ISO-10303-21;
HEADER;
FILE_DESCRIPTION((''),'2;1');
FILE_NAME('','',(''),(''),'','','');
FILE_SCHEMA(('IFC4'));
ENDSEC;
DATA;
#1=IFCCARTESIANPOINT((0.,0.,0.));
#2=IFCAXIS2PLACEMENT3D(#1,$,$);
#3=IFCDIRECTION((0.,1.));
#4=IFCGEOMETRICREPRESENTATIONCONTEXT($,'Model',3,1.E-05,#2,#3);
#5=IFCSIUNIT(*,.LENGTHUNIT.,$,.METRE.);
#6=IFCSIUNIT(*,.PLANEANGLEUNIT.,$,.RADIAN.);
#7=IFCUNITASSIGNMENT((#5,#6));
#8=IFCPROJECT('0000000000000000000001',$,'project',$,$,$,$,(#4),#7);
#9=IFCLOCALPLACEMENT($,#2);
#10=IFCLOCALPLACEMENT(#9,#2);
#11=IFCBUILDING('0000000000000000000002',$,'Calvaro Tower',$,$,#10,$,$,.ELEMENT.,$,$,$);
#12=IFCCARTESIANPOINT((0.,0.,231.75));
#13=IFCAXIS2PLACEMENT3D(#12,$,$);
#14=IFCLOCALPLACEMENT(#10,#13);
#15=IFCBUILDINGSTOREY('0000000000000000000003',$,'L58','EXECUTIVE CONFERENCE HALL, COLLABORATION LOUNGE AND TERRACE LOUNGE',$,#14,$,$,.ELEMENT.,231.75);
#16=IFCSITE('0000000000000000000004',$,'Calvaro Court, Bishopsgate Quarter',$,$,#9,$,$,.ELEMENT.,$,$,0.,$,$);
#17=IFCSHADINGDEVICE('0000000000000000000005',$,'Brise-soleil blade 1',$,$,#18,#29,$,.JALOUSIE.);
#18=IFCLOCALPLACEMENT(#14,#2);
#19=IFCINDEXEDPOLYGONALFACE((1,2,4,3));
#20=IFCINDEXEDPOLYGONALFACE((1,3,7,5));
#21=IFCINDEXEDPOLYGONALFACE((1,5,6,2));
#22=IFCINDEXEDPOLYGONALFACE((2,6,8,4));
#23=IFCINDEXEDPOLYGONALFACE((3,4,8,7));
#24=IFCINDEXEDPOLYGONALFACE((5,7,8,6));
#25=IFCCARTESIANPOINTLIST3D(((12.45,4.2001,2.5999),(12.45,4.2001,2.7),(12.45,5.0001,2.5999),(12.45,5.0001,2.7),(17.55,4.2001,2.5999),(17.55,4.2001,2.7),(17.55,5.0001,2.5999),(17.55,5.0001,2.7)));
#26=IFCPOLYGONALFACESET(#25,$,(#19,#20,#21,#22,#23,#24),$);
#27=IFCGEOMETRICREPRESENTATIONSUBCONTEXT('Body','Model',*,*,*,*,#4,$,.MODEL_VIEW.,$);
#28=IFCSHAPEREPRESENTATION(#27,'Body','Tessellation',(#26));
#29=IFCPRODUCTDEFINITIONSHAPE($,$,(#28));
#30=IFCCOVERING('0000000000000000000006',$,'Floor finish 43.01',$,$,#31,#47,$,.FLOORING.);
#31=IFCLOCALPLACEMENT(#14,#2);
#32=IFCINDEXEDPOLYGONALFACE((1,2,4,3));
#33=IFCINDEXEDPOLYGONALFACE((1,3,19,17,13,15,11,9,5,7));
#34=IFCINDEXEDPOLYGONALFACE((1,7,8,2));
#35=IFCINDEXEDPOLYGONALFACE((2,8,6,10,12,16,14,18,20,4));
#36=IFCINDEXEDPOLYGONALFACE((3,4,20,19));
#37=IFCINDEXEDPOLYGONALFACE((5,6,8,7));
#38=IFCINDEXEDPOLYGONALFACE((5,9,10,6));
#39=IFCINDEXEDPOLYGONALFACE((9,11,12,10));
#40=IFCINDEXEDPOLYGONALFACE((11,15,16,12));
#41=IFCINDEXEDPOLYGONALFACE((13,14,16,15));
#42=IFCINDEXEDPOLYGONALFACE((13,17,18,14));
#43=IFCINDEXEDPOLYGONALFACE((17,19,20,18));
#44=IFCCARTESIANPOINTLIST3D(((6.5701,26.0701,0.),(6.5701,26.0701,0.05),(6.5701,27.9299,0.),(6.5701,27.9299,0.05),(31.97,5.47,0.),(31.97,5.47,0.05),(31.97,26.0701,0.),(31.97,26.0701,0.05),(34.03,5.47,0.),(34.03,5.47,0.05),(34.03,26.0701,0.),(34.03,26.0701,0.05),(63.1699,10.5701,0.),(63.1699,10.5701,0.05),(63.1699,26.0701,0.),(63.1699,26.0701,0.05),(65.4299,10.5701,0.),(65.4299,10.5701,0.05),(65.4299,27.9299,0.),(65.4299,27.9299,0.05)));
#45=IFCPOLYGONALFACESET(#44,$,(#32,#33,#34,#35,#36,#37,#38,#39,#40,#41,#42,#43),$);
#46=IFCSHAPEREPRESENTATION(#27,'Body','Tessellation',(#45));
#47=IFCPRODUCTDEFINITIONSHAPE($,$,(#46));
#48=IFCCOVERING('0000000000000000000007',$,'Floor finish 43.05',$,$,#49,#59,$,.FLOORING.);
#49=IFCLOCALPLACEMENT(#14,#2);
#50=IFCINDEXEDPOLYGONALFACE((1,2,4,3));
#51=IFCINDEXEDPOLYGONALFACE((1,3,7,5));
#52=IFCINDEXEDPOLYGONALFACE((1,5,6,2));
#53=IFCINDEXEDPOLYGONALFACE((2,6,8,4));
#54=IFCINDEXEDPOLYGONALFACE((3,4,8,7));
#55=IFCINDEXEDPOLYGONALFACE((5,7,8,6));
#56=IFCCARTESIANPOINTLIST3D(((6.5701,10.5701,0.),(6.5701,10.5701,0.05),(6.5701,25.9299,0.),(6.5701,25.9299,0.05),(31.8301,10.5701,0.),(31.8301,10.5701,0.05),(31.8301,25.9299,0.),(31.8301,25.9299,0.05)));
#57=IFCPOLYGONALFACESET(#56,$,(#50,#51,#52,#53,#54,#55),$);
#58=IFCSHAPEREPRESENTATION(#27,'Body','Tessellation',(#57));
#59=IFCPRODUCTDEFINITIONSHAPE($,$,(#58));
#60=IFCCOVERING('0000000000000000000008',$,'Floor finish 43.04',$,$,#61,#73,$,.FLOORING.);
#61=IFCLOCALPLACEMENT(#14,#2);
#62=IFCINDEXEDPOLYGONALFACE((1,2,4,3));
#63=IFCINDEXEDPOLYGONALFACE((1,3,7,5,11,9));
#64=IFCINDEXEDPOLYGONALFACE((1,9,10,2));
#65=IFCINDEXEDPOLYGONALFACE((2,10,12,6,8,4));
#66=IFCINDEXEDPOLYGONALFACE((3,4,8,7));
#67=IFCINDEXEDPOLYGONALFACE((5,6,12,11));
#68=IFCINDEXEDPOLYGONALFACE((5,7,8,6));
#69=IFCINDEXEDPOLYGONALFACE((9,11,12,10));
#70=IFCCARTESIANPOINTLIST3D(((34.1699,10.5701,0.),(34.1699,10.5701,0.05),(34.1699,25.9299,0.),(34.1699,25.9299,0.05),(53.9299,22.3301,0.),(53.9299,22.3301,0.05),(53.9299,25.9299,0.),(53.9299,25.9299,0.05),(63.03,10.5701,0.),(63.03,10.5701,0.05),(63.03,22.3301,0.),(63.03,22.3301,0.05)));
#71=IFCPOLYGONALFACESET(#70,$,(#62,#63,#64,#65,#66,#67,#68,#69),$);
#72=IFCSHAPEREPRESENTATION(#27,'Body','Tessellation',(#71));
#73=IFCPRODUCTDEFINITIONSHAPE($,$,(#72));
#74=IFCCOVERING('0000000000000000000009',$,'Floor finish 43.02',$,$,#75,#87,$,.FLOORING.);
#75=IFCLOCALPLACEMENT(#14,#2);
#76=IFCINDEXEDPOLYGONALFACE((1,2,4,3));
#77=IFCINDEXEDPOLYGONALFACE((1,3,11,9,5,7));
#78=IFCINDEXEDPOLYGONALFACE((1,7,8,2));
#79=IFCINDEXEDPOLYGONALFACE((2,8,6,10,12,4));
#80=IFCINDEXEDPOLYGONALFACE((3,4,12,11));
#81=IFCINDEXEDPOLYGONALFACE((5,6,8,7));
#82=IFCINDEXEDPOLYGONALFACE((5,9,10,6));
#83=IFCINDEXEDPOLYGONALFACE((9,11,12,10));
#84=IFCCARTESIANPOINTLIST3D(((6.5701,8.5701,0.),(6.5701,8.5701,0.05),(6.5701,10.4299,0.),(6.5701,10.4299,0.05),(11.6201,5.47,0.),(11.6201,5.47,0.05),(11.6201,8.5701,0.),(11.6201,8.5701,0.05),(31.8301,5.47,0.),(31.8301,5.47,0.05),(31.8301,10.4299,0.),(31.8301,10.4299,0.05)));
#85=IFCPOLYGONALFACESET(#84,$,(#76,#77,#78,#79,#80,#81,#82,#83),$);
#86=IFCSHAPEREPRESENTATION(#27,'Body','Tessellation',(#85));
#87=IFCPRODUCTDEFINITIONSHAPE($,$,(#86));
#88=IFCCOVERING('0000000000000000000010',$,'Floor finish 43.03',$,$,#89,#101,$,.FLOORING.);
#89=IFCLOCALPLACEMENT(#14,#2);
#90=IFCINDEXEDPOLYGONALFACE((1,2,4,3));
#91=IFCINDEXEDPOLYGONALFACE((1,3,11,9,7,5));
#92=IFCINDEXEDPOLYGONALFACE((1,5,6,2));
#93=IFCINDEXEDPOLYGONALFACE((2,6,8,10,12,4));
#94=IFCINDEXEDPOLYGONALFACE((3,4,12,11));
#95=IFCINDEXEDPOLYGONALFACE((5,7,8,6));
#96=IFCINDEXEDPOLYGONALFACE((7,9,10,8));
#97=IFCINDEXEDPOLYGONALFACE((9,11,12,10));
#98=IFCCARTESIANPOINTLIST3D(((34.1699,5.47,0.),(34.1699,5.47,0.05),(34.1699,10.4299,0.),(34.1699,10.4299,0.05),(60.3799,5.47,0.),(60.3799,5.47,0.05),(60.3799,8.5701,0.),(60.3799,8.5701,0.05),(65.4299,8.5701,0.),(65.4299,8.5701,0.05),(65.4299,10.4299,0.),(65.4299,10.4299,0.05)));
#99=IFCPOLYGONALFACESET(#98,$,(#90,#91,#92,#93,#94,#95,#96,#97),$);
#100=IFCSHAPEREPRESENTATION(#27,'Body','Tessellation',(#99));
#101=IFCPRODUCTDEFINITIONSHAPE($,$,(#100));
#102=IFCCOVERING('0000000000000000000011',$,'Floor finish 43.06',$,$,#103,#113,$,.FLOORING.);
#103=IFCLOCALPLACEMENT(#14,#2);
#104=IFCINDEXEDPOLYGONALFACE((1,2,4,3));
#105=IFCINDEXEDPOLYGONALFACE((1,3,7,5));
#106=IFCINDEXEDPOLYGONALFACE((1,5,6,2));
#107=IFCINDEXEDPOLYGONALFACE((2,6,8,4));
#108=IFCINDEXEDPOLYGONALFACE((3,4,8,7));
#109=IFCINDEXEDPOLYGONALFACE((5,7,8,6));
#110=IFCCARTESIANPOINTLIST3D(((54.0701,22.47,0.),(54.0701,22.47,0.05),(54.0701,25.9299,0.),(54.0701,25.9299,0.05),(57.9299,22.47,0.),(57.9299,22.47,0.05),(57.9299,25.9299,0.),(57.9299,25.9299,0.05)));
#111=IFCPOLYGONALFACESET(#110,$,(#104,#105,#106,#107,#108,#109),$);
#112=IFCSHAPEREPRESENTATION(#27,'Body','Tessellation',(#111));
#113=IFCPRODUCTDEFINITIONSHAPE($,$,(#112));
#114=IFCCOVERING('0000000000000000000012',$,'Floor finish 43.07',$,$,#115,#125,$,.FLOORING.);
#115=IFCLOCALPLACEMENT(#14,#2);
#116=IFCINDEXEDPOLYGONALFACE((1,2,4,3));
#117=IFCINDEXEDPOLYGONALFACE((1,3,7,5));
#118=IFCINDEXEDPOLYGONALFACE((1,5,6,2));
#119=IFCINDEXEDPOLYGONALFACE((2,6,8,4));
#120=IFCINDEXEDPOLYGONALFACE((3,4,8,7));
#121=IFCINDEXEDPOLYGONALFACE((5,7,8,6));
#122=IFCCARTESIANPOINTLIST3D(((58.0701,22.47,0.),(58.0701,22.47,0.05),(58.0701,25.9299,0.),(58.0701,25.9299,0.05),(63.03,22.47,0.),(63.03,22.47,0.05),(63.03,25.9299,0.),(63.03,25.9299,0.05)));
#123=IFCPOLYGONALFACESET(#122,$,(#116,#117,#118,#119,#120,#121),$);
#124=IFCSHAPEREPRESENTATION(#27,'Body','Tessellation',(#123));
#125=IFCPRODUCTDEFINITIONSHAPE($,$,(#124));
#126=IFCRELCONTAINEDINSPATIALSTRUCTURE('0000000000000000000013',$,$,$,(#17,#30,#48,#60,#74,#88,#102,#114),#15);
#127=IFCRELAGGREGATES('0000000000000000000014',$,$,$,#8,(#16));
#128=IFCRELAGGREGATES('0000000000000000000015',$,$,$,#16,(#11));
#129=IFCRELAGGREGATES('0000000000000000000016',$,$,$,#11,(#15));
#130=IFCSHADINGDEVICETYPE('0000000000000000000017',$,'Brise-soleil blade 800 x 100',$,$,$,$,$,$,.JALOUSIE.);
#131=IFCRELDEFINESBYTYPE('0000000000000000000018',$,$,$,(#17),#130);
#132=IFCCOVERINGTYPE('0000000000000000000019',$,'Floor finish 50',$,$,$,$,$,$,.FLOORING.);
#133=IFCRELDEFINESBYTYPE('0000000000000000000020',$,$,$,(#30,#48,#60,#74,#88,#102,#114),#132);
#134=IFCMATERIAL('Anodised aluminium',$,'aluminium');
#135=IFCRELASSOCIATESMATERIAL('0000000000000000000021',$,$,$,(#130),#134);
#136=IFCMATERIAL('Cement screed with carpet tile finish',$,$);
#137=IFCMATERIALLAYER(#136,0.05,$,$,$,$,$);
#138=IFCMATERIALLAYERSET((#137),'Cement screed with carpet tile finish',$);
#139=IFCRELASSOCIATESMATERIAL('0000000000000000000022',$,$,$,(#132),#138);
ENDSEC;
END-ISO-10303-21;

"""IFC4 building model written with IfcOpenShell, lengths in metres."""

from ifc_helpers import new_model, si_unit, direction, frame, origin, origin_2d, place, context, subcontext, project, spatial, polyline, rectangle, outline, extrude, material, layer, layer_set, material_profile, profile_set, type_object, element, save


model = new_model("IFC4")

# Units and contexts
model_context = context("Model", 3, precision=1e-05, world=origin(), true_north=direction((0.0, 1.0)))
body_context = subcontext(model_context, "Body", "Model", "MODEL_VIEW")
ifc_project = project(units=[si_unit("LENGTHUNIT", "METRE"), si_unit("PLANEANGLEUNIT", "RADIAN")], contexts=[model_context])

# Site, building, storey
site_placement = place(None, origin())
site = spatial("IfcSite", under=ifc_project, at=site_placement, Name="Calvaro Court, Bishopsgate Quarter", CompositionType="ELEMENT", RefElevation=0.0)
building_placement = place(site_placement, origin())
building = spatial("IfcBuilding", under=site, at=building_placement, Name="Calvaro Tower", CompositionType="ELEMENT")
storey_placement = place(building_placement, frame((0.0, 0.0, 231.75)))
storey = spatial("IfcBuildingStorey", under=building, at=storey_placement, Name="L58", Description="EXECUTIVE CONFERENCE HALL, COLLABORATION LOUNGE AND TERRACE LOUNGE", CompositionType="ELEMENT", Elevation=231.75)

# Shading device
ifc_material_1 = material(Name="Anodised aluminium", Category="aluminium")
ifc_material_profile_1 = material_profile(ifc_material_1, rectangle(XDim=0.8, YDim=0.1001, at=origin_2d()), Name="Brise-soleil blade 800 x 100")
ifc_profile_set_1 = profile_set([ifc_material_profile_1], Name="Anodised aluminium")
shading_device_type = type_object("IfcShadingDeviceType", Name="Brise-soleil blade 800 x 100", PredefinedType="JALOUSIE", material=ifc_profile_set_1)
shading_device_placement = place(storey_placement, frame((12.45, 4.6001, 2.6499), z_axis=(1.0, 0.0, 0.0), x_axis=(0.0, 1.0, 0.0)))
element("IfcShadingDevice", 1, at=shading_device_placement, inside=storey, type_object=shading_device_type, Name="Brise-soleil blade 1", PredefinedType="JALOUSIE", context=body_context, shape_type="SweptSolid", body=[
    extrude(rectangle(XDim=0.8, YDim=0.1001, at=origin_2d()), origin(), (0.0, 0.0, 1.0), 5.1001),
])

# Coverings
ifc_material_2 = material(Name="Cement screed with carpet tile finish")
ifc_layer_1 = layer(ifc_material_2, 0.05)
ifc_layer_set_1 = layer_set([ifc_layer_1], Name="Cement screed with carpet tile finish")
covering_type_1 = type_object("IfcCoveringType", Name="Floor finish 50", PredefinedType="FLOORING", material=ifc_layer_set_1)
covering_1_placement = place(storey_placement, origin())
element("IfcCovering", 2, at=covering_1_placement, inside=storey, type_object=covering_type_1, Name="Floor finish 43.01", PredefinedType="FLOORING", context=body_context, shape_type="SweptSolid", body=[
    extrude(outline(polyline([(31.97, 5.47), (31.97, 26.0701), (6.5701, 26.0701), (6.5701, 27.9299), (65.4299, 27.9299), (65.4299, 10.5701), (63.1699, 10.5701), (63.1699, 26.0701), (34.03, 26.0701), (34.03, 5.47), (31.97, 5.47)])), origin(), (0.0, 0.0, 1.0), 0.05),
])
covering_2_placement = place(storey_placement, origin())
element("IfcCovering", 3, at=covering_2_placement, inside=storey, type_object=covering_type_1, Name="Floor finish 43.05", PredefinedType="FLOORING", context=body_context, shape_type="SweptSolid", body=[
    extrude(outline(polyline([(31.8301, 10.5701), (6.5701, 10.5701), (6.5701, 25.9299), (31.8301, 25.9299), (31.8301, 10.5701)])), origin(), (0.0, 0.0, 1.0), 0.05),
])
covering_3_placement = place(storey_placement, origin())
element("IfcCovering", 4, at=covering_3_placement, inside=storey, type_object=covering_type_1, Name="Floor finish 43.04", PredefinedType="FLOORING", context=body_context, shape_type="SweptSolid", body=[
    extrude(outline(polyline([(34.1699, 25.9299), (53.9299, 25.9299), (53.9299, 22.3301), (63.03, 22.3301), (63.03, 10.5701), (34.1699, 10.5701), (34.1699, 25.9299)])), origin(), (0.0, 0.0, 1.0), 0.05),
])
covering_4_placement = place(storey_placement, origin())
element("IfcCovering", 5, at=covering_4_placement, inside=storey, type_object=covering_type_1, Name="Floor finish 43.02", PredefinedType="FLOORING", context=body_context, shape_type="SweptSolid", body=[
    extrude(outline(polyline([(11.6201, 8.5701), (6.5701, 8.5701), (6.5701, 10.4299), (31.8301, 10.4299), (31.8301, 5.47), (11.6201, 5.47), (11.6201, 8.5701)])), origin(), (0.0, 0.0, 1.0), 0.05),
])
covering_5_placement = place(storey_placement, origin())
element("IfcCovering", 6, at=covering_5_placement, inside=storey, type_object=covering_type_1, Name="Floor finish 43.03", PredefinedType="FLOORING", context=body_context, shape_type="SweptSolid", body=[
    extrude(outline(polyline([(34.1699, 5.47), (34.1699, 10.4299), (65.4299, 10.4299), (65.4299, 8.5701), (60.3799, 8.5701), (60.3799, 5.47), (34.1699, 5.47)])), origin(), (0.0, 0.0, 1.0), 0.05),
])
covering_6_placement = place(storey_placement, origin())
element("IfcCovering", 7, at=covering_6_placement, inside=storey, type_object=covering_type_1, Name="Floor finish 43.06", PredefinedType="FLOORING", context=body_context, shape_type="SweptSolid", body=[
    extrude(outline(polyline([(54.0701, 22.47), (54.0701, 25.9299), (57.9299, 25.9299), (57.9299, 22.47), (54.0701, 22.47)])), origin(), (0.0, 0.0, 1.0), 0.05),
])
covering_7_placement = place(storey_placement, origin())
element("IfcCovering", 8, at=covering_7_placement, inside=storey, type_object=covering_type_1, Name="Floor finish 43.07", PredefinedType="FLOORING", context=body_context, shape_type="SweptSolid", body=[
    extrude(outline(polyline([(58.0701, 22.47), (58.0701, 25.9299), (63.03, 25.9299), (63.03, 22.47), (58.0701, 22.47)])), origin(), (0.0, 0.0, 1.0), 0.05),
])

save(model, "model.ifc")
